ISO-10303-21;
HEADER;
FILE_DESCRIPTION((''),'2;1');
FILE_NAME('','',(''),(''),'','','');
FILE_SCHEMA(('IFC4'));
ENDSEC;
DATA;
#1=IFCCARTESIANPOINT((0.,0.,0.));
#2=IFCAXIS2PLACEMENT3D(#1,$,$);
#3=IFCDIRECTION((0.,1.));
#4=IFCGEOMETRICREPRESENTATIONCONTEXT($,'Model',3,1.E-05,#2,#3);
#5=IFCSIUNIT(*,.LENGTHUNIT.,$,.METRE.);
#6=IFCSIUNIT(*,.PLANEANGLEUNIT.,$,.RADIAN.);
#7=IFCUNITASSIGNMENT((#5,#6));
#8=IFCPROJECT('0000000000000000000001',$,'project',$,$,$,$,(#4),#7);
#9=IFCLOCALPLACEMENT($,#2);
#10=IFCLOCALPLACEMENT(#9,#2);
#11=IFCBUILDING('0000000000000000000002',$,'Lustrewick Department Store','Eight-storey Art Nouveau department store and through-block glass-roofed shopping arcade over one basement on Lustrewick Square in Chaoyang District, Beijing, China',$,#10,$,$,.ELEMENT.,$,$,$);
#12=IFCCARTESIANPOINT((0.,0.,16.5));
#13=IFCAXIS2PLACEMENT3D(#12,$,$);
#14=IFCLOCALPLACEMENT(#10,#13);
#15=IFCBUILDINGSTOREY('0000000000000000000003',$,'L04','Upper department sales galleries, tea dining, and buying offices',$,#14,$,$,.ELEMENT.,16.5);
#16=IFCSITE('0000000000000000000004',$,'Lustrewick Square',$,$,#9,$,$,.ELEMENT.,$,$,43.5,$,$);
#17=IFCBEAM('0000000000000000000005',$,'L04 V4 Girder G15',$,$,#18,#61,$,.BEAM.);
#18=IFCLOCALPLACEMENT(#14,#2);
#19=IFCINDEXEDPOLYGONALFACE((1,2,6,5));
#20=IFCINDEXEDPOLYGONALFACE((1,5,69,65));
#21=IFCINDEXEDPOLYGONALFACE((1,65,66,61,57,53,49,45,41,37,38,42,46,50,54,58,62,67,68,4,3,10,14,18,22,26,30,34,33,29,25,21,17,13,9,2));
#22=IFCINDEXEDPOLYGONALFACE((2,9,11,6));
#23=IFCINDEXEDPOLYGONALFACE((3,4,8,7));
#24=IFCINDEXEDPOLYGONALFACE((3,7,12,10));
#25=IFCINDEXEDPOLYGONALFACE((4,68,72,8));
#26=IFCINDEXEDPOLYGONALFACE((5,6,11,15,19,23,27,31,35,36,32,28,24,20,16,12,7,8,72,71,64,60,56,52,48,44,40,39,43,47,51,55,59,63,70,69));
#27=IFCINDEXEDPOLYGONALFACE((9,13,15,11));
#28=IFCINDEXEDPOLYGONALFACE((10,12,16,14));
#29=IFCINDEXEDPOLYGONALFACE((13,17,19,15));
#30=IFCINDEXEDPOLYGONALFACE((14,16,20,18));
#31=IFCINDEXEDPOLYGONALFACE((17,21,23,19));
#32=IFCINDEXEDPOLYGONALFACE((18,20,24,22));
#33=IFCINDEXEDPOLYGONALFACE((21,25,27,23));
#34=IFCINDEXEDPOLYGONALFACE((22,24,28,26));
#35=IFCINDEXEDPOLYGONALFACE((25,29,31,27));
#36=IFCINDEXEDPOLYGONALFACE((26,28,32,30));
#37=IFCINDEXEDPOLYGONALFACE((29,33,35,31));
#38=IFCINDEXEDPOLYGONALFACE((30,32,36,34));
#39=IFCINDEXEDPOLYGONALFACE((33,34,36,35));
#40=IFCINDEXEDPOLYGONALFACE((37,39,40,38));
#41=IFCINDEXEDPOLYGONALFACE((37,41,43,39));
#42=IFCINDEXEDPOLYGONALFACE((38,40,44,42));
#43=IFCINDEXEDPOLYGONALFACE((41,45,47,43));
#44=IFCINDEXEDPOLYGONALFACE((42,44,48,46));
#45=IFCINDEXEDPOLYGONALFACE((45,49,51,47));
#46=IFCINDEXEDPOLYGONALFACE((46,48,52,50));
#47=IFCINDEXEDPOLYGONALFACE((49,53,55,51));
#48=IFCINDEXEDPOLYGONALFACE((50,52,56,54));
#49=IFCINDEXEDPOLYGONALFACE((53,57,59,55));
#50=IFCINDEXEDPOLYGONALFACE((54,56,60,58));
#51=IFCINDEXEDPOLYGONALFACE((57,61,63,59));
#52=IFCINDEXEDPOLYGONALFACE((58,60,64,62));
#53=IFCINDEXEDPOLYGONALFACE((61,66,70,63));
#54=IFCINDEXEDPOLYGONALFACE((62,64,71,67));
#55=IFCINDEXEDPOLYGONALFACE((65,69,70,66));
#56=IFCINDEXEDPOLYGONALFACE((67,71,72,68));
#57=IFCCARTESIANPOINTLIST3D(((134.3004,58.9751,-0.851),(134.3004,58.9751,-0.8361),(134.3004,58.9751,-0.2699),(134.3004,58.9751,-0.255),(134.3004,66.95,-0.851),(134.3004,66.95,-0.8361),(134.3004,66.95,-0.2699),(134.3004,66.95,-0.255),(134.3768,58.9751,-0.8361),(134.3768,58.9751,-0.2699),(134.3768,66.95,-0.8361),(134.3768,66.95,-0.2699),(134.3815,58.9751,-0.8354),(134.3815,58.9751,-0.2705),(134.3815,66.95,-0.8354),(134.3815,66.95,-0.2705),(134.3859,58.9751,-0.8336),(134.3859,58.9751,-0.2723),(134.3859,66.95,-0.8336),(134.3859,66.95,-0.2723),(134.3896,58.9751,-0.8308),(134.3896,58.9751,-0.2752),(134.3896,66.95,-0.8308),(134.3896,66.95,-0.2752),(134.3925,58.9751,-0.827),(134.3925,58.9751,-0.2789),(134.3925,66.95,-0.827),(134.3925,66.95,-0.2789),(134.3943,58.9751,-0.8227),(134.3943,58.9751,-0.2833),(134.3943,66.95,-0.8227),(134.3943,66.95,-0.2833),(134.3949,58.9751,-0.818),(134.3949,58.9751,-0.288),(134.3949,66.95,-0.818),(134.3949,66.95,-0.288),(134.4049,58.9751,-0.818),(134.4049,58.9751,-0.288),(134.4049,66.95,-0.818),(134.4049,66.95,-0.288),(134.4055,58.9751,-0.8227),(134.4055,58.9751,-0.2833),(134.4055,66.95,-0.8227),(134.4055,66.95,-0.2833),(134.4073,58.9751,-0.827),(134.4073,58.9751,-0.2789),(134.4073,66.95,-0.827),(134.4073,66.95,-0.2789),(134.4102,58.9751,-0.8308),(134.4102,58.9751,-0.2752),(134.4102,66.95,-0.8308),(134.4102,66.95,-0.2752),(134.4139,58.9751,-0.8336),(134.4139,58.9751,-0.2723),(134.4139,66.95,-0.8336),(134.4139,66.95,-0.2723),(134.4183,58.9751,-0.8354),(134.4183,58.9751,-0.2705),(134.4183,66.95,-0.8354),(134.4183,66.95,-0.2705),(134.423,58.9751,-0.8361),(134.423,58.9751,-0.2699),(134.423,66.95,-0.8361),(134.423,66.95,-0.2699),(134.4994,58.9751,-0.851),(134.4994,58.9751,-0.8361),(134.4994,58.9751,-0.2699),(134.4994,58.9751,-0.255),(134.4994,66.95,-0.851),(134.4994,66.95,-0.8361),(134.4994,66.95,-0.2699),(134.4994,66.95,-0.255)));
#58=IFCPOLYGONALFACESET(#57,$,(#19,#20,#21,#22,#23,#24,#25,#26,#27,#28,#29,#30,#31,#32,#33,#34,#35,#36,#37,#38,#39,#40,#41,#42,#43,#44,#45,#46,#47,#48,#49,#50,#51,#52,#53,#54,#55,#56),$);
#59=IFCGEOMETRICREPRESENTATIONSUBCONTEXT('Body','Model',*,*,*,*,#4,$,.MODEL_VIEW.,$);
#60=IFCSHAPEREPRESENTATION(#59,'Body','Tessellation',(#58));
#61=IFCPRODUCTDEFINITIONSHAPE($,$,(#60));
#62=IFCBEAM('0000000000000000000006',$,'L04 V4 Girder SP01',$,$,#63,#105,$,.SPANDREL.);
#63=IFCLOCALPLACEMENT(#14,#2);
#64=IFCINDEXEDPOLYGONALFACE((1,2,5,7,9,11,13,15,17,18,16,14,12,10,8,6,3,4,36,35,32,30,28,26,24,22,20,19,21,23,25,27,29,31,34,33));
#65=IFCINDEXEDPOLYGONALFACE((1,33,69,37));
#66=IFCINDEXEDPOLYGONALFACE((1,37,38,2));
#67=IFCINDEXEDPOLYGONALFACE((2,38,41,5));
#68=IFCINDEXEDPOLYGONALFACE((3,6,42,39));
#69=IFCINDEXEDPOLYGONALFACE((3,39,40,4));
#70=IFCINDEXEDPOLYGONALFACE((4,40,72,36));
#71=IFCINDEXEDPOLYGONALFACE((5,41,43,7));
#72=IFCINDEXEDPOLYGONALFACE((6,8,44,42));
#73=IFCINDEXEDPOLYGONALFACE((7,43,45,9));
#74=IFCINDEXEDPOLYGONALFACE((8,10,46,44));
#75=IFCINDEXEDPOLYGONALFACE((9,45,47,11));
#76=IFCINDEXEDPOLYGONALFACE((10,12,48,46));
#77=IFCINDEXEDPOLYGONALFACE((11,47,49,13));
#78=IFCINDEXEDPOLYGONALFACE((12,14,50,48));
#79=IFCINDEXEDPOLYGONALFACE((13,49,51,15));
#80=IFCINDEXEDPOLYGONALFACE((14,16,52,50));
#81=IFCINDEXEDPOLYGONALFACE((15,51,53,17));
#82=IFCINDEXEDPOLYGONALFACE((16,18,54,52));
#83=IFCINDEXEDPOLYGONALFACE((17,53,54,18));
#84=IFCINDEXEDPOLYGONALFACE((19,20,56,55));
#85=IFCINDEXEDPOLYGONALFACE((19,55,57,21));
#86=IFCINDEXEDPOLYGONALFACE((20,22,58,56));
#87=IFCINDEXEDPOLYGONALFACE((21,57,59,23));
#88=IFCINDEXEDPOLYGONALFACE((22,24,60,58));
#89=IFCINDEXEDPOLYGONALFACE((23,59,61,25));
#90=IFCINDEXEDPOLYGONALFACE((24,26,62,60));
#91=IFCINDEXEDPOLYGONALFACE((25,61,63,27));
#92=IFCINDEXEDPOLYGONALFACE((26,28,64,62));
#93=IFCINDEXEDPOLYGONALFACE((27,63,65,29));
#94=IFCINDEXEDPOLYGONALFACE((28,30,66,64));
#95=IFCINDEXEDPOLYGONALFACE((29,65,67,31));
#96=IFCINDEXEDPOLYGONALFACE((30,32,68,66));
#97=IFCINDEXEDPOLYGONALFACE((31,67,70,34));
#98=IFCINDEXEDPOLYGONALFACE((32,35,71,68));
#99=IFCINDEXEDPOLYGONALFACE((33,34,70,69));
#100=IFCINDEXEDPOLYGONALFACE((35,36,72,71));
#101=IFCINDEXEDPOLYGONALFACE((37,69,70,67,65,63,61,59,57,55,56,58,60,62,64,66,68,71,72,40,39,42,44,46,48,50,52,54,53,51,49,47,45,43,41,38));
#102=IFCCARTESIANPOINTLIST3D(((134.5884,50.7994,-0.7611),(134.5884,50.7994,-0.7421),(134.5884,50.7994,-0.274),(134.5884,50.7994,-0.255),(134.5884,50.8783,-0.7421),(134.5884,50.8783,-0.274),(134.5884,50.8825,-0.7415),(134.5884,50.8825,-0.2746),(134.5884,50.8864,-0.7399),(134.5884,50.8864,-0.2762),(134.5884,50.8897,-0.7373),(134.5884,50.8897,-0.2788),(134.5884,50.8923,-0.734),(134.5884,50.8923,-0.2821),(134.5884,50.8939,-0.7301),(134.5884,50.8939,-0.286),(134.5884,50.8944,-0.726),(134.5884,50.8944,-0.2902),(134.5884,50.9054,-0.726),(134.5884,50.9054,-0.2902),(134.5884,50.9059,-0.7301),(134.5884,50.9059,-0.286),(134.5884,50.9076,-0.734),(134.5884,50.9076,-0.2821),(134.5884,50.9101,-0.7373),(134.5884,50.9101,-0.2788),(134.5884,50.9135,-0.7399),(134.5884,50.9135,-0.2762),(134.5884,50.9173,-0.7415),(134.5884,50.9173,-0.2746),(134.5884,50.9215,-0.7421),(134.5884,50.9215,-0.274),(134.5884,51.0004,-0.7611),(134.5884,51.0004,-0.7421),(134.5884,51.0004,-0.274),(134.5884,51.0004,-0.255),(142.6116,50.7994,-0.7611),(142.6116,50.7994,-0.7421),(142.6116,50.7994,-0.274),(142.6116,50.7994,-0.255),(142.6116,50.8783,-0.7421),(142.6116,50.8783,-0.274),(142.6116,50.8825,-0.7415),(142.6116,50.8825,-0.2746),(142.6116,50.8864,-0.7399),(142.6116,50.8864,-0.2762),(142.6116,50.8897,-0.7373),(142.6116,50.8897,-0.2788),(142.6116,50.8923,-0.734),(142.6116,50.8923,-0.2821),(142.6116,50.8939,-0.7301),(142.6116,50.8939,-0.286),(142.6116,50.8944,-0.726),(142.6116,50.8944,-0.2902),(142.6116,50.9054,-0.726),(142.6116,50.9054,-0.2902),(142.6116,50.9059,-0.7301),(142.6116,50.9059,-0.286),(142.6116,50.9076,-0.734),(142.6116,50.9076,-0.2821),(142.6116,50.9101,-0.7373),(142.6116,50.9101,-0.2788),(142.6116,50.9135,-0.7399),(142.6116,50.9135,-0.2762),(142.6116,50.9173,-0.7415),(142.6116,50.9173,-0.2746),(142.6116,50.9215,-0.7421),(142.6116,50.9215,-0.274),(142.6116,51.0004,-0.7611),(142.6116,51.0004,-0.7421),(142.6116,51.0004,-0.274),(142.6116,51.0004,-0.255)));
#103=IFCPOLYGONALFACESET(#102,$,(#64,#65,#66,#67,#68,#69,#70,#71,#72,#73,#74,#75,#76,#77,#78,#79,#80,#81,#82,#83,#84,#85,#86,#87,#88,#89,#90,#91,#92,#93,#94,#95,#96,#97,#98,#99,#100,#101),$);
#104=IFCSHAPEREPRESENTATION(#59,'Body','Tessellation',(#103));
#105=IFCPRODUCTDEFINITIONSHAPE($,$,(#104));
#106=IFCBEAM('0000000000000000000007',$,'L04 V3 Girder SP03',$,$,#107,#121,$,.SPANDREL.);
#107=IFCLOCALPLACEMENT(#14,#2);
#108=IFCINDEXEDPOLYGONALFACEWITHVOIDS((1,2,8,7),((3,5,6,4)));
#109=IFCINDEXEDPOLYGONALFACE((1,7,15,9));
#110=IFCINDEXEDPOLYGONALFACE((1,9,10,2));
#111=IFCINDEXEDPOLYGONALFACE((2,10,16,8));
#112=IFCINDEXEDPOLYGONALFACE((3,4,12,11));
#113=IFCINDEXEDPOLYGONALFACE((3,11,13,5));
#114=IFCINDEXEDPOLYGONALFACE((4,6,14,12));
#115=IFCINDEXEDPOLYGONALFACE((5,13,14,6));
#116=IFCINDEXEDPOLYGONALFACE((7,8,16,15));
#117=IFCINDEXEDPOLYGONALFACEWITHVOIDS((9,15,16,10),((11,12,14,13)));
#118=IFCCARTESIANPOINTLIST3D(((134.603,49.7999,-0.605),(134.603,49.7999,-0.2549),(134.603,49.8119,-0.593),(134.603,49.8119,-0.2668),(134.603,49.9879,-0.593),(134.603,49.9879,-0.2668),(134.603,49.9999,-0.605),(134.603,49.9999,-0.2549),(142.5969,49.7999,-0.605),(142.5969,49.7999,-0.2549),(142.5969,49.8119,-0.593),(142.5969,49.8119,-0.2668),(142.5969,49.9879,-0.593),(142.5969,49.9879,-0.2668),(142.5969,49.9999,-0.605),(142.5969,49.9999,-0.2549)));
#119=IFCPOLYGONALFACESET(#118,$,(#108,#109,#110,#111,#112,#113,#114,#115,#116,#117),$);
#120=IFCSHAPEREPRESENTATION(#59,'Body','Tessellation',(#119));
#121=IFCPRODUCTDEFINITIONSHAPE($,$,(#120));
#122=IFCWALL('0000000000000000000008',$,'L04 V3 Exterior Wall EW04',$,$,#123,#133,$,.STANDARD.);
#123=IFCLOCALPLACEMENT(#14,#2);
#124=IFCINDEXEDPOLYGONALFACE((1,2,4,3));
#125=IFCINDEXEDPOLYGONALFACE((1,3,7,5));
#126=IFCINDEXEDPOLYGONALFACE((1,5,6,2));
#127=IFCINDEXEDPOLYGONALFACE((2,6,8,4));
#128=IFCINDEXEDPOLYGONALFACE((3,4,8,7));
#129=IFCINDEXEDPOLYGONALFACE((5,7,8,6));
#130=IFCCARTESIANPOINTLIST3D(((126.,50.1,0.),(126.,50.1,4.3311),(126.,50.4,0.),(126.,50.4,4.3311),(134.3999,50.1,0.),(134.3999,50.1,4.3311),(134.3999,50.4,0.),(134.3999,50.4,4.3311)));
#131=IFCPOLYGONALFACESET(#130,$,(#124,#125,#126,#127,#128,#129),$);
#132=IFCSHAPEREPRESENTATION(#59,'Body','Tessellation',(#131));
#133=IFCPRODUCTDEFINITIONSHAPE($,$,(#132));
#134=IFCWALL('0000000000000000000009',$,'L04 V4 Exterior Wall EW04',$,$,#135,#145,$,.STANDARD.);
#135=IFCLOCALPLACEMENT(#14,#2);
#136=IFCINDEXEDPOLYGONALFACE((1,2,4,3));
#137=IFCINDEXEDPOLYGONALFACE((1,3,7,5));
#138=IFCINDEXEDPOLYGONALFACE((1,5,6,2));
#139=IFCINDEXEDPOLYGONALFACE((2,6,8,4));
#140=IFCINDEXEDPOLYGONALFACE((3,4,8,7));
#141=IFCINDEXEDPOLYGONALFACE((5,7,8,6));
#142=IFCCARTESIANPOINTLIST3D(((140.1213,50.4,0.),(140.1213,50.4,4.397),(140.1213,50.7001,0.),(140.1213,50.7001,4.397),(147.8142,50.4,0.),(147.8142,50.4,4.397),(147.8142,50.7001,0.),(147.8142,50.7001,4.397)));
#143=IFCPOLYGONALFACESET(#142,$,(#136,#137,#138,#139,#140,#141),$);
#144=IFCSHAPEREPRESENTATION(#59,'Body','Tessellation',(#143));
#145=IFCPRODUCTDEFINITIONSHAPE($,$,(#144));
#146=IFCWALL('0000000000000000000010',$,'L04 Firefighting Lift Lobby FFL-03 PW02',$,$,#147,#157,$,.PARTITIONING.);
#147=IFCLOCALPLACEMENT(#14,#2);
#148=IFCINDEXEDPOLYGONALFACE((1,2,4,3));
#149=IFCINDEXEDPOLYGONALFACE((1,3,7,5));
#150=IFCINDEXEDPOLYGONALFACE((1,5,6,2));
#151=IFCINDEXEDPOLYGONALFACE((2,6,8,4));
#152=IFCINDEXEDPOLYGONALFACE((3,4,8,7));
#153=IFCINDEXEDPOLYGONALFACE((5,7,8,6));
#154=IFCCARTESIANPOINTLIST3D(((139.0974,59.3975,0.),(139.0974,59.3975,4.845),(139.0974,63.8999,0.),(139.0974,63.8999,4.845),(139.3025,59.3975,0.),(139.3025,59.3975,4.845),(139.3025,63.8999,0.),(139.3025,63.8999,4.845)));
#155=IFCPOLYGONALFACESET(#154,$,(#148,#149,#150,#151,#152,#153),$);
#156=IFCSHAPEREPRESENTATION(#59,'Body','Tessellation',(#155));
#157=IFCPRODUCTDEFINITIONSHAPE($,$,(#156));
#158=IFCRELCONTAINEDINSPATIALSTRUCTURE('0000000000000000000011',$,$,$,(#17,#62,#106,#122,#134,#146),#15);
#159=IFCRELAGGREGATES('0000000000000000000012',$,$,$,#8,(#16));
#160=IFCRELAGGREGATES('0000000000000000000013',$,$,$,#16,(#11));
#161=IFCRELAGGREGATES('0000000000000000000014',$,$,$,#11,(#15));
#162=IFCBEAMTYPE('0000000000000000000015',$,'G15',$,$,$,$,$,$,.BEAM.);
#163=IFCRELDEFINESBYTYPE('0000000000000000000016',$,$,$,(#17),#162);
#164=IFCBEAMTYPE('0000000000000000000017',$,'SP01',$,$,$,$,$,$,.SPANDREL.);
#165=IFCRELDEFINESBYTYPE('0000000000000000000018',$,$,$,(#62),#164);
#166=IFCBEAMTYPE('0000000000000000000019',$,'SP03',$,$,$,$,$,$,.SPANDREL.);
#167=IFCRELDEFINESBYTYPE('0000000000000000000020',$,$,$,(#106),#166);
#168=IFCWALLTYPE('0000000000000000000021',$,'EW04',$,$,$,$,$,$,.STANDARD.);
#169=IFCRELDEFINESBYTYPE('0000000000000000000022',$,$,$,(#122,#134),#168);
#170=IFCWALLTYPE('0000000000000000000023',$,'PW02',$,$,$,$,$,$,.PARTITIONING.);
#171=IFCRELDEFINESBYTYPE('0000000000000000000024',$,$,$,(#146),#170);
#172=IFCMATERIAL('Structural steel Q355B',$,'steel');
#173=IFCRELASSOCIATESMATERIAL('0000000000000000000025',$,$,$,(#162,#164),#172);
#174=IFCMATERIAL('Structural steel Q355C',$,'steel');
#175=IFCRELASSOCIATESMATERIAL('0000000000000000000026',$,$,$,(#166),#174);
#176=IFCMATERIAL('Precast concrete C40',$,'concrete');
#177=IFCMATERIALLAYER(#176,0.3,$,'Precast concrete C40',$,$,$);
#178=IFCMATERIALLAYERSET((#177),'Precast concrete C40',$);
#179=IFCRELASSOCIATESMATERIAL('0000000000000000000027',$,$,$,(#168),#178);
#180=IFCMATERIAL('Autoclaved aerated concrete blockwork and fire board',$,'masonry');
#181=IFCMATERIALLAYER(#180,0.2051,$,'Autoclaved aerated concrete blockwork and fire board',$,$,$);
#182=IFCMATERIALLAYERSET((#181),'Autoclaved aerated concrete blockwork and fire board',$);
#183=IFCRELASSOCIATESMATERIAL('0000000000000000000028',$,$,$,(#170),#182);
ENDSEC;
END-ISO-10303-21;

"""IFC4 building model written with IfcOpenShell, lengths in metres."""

from ifc_helpers import new_model, si_unit, direction, frame, frame_2d, origin, origin_2d, place, context, subcontext, project, spatial, rectangle, hollow_rectangle, i_section, extrude, material, layer, layer_set, material_profile, profile_set, type_object, element, save


model = new_model("IFC4")

# Units and contexts
model_context = context("Model", 3, precision=1e-05, world=origin(), true_north=direction((0.0, 1.0)))
body_context = subcontext(model_context, "Body", "Model", "MODEL_VIEW")
ifc_project = project(units=[si_unit("LENGTHUNIT", "METRE"), si_unit("PLANEANGLEUNIT", "RADIAN")], contexts=[model_context])

# Site, building, storey
site_placement = place(None, origin())
site = spatial("IfcSite", under=ifc_project, at=site_placement, Name="Lustrewick Square", CompositionType="ELEMENT", RefElevation=43.5)
building_placement = place(site_placement, origin())
building = spatial("IfcBuilding", under=site, at=building_placement, Name="Lustrewick Department Store", Description="Eight-storey Art Nouveau department store and through-block glass-roofed shopping arcade over one basement on Lustrewick Square in Chaoyang District, Beijing, China", CompositionType="ELEMENT")
storey_placement = place(building_placement, frame((0.0, 0.0, 16.5)))
storey = spatial("IfcBuildingStorey", under=building, at=storey_placement, Name="L04", Description="Upper department sales galleries, tea dining, and buying offices", CompositionType="ELEMENT", Elevation=16.5)

# Shared definitions
ifc_material_1 = material(Name="Structural steel Q355C", Category="steel")
ifc_material_2 = material(Name="Structural steel Q355B", Category="steel")

# Beams
ifc_material_profile_1 = material_profile(ifc_material_2, i_section(OverallWidth=0.199, OverallDepth=0.5959, WebThickness=0.01, FlangeThickness=0.0149, FilletRadius=0.0181, at=origin_2d()), Name="HN 596x199x10x15")
ifc_profile_set_1 = profile_set([ifc_material_profile_1], Name="Structural steel Q355B")
beam_type_1 = type_object("IfcBeamType", Name="G15", PredefinedType="BEAM", material=ifc_profile_set_1)
beam_1_placement = place(storey_placement, frame((134.3999, 58.9751, -0.553), z_axis=(0.0, 1.0, 0.0), x_axis=(-1.0, 0.0, 0.0)))
element("IfcBeam", 1, at=beam_1_placement, inside=storey, type_object=beam_type_1, Name="L04 V4 Girder G15", PredefinedType="BEAM", context=body_context, shape_type="SweptSolid", body=[
    extrude(i_section(OverallWidth=0.199, OverallDepth=0.5959, WebThickness=0.01, FlangeThickness=0.0149, FilletRadius=0.0181, at=origin_2d()), origin(), (0.0, 0.0, 1.0), 7.9749),
])
ifc_material_profile_2 = material_profile(ifc_material_2, i_section(OverallWidth=0.2009, OverallDepth=0.5061, WebThickness=0.011, FlangeThickness=0.019, FilletRadius=0.0161, at=origin_2d()), Name="HN 506x201x11x19")
ifc_profile_set_2 = profile_set([ifc_material_profile_2], Name="Structural steel Q355B")
beam_type_2 = type_object("IfcBeamType", Name="SP01", PredefinedType="SPANDREL", material=ifc_profile_set_2)
beam_2_placement = place(storey_placement, frame((134.5884, 50.8999, -0.5081), z_axis=(1.0, 0.0, 0.0), x_axis=(0.0, 1.0, 0.0)))
element("IfcBeam", 2, at=beam_2_placement, inside=storey, type_object=beam_type_2, Name="L04 V4 Girder SP01", PredefinedType="SPANDREL", context=body_context, shape_type="SweptSolid", body=[
    extrude(i_section(OverallWidth=0.2009, OverallDepth=0.5061, WebThickness=0.011, FlangeThickness=0.019, FilletRadius=0.0161, at=origin_2d()), origin(), (0.0, 0.0, 1.0), 8.0232),
])
ifc_material_profile_3 = material_profile(ifc_material_1, hollow_rectangle(XDim=0.2, YDim=0.3501, WallThickness=0.012, at=origin_2d()), Name="RHS 350x200x12")
ifc_profile_set_3 = profile_set([ifc_material_profile_3], Name="Structural steel Q355C")
beam_type_3 = type_object("IfcBeamType", Name="SP03", PredefinedType="SPANDREL", material=ifc_profile_set_3)
beam_3_placement = place(storey_placement, frame((134.603, 49.8999, -0.4299), z_axis=(1.0, 0.0, 0.0), x_axis=(0.0, 1.0, 0.0)))
element("IfcBeam", 3, at=beam_3_placement, inside=storey, type_object=beam_type_3, Name="L04 V3 Girder SP03", PredefinedType="SPANDREL", context=body_context, shape_type="SweptSolid", body=[
    extrude(hollow_rectangle(XDim=0.2, YDim=0.3501, WallThickness=0.012, at=origin_2d()), origin(), (0.0, 0.0, 1.0), 7.9939),
])

# Walls
ifc_material_3 = material(Name="Precast concrete C40", Category="concrete")
ifc_layer_1 = layer(ifc_material_3, 0.3, Name="Precast concrete C40")
ifc_layer_set_1 = layer_set([ifc_layer_1], Name="Precast concrete C40")
wall_type_1 = type_object("IfcWallType", Name="EW04", PredefinedType="STANDARD", material=ifc_layer_set_1)
wall_1_placement = place(storey_placement, frame((134.3999, 50.25, 0.0), z_axis=(0.0, 0.0, 1.0), x_axis=(-1.0, 0.0, 0.0)))
element("IfcWall", 4, at=wall_1_placement, inside=storey, type_object=wall_type_1, Name="L04 V3 Exterior Wall EW04", PredefinedType="STANDARD", context=body_context, shape_type="SweptSolid", body=[
    extrude(rectangle(XDim=8.3999, YDim=0.3, at=frame_2d((4.2, 0.0))), origin(), (0.0, 0.0, 1.0), 4.3311),
])
wall_2_placement = place(storey_placement, frame((140.1213, 50.55, 0.0), z_axis=(0.0, 0.0, 1.0), x_axis=(1.0, 0.0, 0.0)))
element("IfcWall", 5, at=wall_2_placement, inside=storey, type_object=wall_type_1, Name="L04 V4 Exterior Wall EW04", PredefinedType="STANDARD", context=body_context, shape_type="SweptSolid", body=[
    extrude(rectangle(XDim=7.6929, YDim=0.3, at=frame_2d((3.8464, 0.0))), origin(), (0.0, 0.0, 1.0), 4.397),
])

# Shared definitions
ifc_material_4 = material(Name="Autoclaved aerated concrete blockwork and fire board", Category="masonry")
ifc_layer_2 = layer(ifc_material_4, 0.2051, Name="Autoclaved aerated concrete blockwork and fire board")
ifc_layer_set_2 = layer_set([ifc_layer_2], Name="Autoclaved aerated concrete blockwork and fire board")
wall_type_2 = type_object("IfcWallType", Name="PW02", PredefinedType="PARTITIONING", material=ifc_layer_set_2)

# Wall
wall_3_placement = place(storey_placement, frame((139.2, 59.3975, 0.0), z_axis=(0.0, 0.0, 1.0), x_axis=(0.0, 1.0, 0.0)))
element("IfcWall", 6, at=wall_3_placement, inside=storey, type_object=wall_type_2, Name="L04 Firefighting Lift Lobby FFL-03 PW02", PredefinedType="PARTITIONING", context=body_context, shape_type="SweptSolid", body=[
    extrude(rectangle(XDim=4.5024, YDim=0.2051, at=frame_2d((2.2512, 0.0))), origin(), (0.0, 0.0, 1.0), 4.845),
])

save(model, "model.ifc")
